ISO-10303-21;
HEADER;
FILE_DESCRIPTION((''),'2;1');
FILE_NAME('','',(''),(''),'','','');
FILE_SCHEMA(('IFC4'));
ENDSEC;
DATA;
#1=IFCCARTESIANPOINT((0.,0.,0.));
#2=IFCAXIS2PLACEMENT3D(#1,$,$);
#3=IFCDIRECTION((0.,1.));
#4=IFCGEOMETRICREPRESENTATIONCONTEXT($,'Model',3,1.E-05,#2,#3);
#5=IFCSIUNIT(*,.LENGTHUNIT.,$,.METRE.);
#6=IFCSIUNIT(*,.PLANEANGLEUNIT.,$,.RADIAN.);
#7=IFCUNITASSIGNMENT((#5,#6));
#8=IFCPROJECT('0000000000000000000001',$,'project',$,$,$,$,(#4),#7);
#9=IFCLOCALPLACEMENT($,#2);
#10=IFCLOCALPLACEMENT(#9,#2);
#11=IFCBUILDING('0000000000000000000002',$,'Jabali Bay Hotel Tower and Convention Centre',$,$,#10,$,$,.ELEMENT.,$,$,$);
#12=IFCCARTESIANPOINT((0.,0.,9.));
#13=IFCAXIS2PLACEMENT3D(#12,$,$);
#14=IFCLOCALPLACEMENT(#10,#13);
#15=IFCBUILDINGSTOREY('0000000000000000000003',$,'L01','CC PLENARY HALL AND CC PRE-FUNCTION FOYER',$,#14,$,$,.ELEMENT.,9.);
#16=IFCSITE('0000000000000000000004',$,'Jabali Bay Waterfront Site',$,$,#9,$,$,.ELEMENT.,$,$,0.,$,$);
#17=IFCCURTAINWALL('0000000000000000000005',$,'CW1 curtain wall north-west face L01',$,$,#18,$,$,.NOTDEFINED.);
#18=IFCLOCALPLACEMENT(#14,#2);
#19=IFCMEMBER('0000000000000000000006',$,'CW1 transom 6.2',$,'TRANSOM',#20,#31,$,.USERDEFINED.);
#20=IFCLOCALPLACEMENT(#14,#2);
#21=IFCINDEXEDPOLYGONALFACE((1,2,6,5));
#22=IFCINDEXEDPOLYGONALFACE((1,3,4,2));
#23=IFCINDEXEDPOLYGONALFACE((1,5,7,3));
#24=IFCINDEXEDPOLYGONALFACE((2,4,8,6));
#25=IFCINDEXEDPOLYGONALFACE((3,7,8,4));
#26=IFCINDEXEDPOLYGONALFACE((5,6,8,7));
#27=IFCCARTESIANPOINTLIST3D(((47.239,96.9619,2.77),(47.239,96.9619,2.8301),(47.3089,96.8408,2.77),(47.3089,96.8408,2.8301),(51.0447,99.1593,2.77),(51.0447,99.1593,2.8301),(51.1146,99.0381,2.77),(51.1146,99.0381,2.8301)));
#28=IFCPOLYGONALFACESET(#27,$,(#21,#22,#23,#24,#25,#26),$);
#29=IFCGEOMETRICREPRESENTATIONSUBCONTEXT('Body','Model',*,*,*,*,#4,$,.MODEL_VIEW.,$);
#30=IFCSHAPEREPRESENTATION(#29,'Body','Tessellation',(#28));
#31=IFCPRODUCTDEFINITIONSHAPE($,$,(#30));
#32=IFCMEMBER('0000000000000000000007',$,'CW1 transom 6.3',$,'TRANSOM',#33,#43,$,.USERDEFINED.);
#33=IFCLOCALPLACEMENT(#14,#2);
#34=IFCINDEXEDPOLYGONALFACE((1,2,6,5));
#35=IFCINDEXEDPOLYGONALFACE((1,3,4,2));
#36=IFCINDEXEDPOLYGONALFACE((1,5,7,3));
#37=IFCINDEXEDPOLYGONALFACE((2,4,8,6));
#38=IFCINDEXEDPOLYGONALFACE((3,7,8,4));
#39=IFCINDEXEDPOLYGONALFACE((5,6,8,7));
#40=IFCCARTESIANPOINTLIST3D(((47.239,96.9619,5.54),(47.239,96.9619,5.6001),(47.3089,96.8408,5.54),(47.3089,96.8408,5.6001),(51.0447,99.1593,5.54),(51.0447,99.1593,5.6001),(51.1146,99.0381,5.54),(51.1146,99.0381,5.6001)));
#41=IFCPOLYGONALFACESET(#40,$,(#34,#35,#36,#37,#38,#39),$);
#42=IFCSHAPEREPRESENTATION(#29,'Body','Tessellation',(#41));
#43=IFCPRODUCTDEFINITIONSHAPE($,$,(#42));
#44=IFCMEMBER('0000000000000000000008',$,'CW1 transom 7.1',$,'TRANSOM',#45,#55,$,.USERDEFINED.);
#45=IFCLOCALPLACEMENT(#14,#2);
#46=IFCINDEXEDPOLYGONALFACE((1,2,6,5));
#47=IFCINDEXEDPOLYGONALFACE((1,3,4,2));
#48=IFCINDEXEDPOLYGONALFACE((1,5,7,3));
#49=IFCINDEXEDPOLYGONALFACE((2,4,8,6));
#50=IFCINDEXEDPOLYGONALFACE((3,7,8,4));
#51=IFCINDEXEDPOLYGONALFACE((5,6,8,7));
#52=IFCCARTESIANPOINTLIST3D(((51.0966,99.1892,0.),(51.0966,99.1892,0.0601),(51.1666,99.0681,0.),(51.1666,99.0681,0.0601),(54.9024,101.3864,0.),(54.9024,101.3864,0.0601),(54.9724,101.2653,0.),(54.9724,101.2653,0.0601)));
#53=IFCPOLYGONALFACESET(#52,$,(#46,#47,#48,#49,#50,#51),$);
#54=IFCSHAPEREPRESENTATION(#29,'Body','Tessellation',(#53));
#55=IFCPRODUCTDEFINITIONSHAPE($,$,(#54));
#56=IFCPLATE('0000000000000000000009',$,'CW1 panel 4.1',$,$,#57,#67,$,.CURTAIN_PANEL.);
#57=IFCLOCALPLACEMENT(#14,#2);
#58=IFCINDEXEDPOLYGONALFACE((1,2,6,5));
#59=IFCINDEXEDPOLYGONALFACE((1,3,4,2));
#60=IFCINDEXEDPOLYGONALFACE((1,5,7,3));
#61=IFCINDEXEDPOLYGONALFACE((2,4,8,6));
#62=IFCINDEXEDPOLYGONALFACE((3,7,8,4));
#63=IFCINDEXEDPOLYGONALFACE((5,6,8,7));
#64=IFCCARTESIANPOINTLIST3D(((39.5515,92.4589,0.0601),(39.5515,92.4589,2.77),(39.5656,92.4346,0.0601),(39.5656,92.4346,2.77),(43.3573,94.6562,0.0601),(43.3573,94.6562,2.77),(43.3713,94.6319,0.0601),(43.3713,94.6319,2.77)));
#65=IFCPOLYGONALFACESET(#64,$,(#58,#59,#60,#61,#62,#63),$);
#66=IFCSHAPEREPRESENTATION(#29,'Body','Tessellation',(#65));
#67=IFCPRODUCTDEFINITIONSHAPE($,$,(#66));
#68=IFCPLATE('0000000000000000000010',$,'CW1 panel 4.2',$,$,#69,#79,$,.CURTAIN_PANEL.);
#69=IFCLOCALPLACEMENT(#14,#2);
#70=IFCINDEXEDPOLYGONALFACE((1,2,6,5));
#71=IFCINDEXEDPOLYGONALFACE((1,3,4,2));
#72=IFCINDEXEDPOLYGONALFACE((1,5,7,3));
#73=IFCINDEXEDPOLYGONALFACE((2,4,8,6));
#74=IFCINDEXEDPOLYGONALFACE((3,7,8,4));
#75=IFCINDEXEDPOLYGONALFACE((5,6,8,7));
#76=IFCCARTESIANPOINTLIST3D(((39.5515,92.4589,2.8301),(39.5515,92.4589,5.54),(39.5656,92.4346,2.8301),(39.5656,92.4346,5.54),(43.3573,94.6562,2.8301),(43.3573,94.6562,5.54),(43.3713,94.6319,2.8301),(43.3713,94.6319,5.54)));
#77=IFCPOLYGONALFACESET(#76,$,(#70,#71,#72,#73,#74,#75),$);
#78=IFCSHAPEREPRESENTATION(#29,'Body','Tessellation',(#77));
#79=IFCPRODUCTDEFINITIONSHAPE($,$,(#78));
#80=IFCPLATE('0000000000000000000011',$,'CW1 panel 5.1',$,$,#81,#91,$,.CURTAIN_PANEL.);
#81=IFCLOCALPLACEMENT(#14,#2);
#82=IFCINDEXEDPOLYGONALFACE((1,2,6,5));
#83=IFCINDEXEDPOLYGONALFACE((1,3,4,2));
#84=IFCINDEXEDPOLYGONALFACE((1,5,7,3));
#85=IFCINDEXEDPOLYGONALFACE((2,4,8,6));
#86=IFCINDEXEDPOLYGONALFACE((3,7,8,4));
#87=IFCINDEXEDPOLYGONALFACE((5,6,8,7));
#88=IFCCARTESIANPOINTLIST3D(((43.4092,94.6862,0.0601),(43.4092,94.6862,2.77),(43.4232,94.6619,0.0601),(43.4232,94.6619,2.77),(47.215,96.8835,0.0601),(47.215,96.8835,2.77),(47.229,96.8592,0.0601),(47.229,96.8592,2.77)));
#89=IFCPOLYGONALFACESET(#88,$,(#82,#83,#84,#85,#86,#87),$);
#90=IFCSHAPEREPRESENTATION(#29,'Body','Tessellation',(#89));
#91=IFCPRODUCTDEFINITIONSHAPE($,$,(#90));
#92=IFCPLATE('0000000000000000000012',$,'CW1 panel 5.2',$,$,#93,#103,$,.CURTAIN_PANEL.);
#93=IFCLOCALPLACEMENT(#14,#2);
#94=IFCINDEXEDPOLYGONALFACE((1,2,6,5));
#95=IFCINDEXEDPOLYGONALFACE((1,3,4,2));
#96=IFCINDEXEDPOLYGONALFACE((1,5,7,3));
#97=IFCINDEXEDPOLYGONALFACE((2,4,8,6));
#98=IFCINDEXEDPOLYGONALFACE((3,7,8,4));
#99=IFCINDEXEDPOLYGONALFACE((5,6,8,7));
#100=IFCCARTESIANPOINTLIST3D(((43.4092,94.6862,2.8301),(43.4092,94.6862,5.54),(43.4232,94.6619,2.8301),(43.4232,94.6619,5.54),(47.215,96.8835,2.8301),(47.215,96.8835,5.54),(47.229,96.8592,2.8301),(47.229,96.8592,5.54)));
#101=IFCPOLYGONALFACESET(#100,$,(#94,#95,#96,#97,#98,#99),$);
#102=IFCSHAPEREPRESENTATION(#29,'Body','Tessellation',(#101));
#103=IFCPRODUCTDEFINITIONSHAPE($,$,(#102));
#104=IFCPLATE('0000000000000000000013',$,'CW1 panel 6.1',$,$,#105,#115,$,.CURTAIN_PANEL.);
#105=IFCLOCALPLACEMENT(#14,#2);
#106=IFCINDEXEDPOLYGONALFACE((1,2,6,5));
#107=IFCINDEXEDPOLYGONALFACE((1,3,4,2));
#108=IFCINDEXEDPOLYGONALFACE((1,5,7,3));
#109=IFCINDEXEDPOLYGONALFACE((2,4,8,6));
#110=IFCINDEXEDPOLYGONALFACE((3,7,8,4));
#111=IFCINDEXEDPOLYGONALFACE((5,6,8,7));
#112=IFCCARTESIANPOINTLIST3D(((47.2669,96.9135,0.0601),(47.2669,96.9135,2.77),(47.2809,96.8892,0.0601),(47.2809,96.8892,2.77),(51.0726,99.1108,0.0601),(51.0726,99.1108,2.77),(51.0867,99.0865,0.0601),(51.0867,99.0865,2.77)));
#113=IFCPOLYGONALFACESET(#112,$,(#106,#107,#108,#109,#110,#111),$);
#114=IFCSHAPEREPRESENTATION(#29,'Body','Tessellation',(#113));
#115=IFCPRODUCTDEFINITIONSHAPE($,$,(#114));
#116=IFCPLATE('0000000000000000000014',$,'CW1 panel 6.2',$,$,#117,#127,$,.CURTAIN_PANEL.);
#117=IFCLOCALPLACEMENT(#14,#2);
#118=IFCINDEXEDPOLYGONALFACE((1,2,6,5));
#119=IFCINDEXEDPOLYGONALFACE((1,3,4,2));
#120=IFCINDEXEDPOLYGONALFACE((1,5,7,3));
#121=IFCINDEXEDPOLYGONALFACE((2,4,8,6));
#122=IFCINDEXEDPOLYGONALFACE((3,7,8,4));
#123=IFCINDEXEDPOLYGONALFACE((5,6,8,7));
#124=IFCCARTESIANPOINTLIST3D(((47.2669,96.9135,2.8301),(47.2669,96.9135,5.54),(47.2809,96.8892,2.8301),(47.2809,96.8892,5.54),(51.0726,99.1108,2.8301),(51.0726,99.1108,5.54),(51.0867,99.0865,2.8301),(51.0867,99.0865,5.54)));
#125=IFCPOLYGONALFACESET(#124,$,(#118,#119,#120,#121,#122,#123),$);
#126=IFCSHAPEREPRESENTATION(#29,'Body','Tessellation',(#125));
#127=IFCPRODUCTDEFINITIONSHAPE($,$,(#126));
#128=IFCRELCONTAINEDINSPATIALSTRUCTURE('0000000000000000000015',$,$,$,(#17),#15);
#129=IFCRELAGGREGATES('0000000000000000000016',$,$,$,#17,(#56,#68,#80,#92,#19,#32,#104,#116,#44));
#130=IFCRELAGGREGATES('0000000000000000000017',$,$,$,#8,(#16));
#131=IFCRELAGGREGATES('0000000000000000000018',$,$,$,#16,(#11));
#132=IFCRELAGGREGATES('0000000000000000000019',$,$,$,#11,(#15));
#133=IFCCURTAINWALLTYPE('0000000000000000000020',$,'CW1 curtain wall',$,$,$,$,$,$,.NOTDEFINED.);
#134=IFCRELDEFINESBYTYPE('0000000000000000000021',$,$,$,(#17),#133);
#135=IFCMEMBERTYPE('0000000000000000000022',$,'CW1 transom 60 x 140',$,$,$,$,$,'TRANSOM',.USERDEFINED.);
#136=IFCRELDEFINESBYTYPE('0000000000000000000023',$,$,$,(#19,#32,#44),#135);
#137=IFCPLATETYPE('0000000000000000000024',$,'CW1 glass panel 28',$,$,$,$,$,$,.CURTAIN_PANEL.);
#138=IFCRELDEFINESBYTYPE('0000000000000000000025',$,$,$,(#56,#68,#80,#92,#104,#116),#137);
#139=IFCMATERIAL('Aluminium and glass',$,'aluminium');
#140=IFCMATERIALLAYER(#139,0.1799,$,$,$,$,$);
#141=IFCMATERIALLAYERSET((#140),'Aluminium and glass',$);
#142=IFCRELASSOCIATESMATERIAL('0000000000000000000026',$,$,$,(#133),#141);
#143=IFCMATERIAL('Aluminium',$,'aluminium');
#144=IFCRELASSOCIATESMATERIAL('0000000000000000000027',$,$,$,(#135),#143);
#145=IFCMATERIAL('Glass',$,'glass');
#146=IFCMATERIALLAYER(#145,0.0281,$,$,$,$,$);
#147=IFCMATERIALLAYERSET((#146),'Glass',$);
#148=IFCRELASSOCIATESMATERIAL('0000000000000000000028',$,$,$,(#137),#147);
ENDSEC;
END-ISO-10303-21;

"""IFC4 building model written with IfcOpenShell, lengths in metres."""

from ifc_helpers import new_model, si_unit, direction, frame, origin, origin_2d, place, context, subcontext, project, spatial, rectangle, extrude, material, layer, layer_set, material_profile, profile_set, type_object, element, aggregate, save


model = new_model("IFC4")

# Units and contexts
model_context = context("Model", 3, precision=1e-05, world=origin(), true_north=direction((0.0, 1.0)))
body_context = subcontext(model_context, "Body", "Model", "MODEL_VIEW")
ifc_project = project(units=[si_unit("LENGTHUNIT", "METRE"), si_unit("PLANEANGLEUNIT", "RADIAN")], contexts=[model_context])

# Site, building, storey
site_placement = place(None, origin())
site = spatial("IfcSite", under=ifc_project, at=site_placement, Name="Jabali Bay Waterfront Site", CompositionType="ELEMENT", RefElevation=0.0)
building_placement = place(site_placement, origin())
building = spatial("IfcBuilding", under=site, at=building_placement, Name="Jabali Bay Hotel Tower and Convention Centre", CompositionType="ELEMENT")
storey_placement = place(building_placement, frame((0.0, 0.0, 9.0)))
storey = spatial("IfcBuildingStorey", under=building, at=storey_placement, Name="L01", Description="CC PLENARY HALL AND CC PRE-FUNCTION FOYER", CompositionType="ELEMENT", Elevation=9.0)

# Curtain wall, members, plates
ifc_material_1 = material(Name="Aluminium and glass", Category="aluminium")
ifc_layer_1 = layer(ifc_material_1, 0.1799)
ifc_layer_set_1 = layer_set([ifc_layer_1], Name="Aluminium and glass")
curtain_wall_type = type_object("IfcCurtainWallType", Name="CW1 curtain wall", PredefinedType="NOTDEFINED", material=ifc_layer_set_1)
curtain_wall_placement = place(storey_placement, origin())
curtain_wall = element("IfcCurtainWall", 1, at=curtain_wall_placement, inside=storey, type_object=curtain_wall_type, Name="CW1 curtain wall north-west face L01", PredefinedType="NOTDEFINED")
ifc_material_2 = material(Name="Aluminium", Category="aluminium")
ifc_material_profile_1 = material_profile(ifc_material_2, rectangle(XDim=0.1399, YDim=0.0601, at=origin_2d()), Name="CW1 transom 60 x 140")
ifc_profile_set_1 = profile_set([ifc_material_profile_1], Name="Aluminium")
member_type_1 = type_object("IfcMemberType", Name="CW1 transom 60 x 140", ElementType="TRANSOM", PredefinedType="USERDEFINED", material=ifc_profile_set_1)
member_1_placement = place(storey_placement, frame((47.2739, 96.9014, 2.8), z_axis=(0.866019, 0.500011, 0.0), x_axis=(-0.500011, 0.866019, 0.0)))
member_1 = element("IfcMember", 2, at=member_1_placement, type_object=member_type_1, Name="CW1 transom 6.2", ObjectType="TRANSOM", PredefinedType="USERDEFINED", context=body_context, shape_type="SweptSolid", body=[
    extrude(rectangle(XDim=0.1399, YDim=0.0601, at=origin_2d()), origin(), (0.0, 0.0, 1.0), 4.3945),
])
member_2_placement = place(storey_placement, frame((47.2739, 96.9014, 5.5701), z_axis=(0.866019, 0.500011, 0.0), x_axis=(-0.500011, 0.866019, 0.0)))
member_2 = element("IfcMember", 3, at=member_2_placement, type_object=member_type_1, Name="CW1 transom 6.3", ObjectType="TRANSOM", PredefinedType="USERDEFINED", context=body_context, shape_type="SweptSolid", body=[
    extrude(rectangle(XDim=0.1399, YDim=0.0601, at=origin_2d()), origin(), (0.0, 0.0, 1.0), 4.3945),
])
member_3_placement = place(storey_placement, frame((51.1316, 99.1287, 0.03), z_axis=(0.866033, 0.499987, 0.0), x_axis=(-0.499987, 0.866033, 0.0)))
member_3 = element("IfcMember", 4, at=member_3_placement, type_object=member_type_1, Name="CW1 transom 7.1", ObjectType="TRANSOM", PredefinedType="USERDEFINED", context=body_context, shape_type="SweptSolid", body=[
    extrude(rectangle(XDim=0.1399, YDim=0.0601, at=origin_2d()), origin(), (0.0, 0.0, 1.0), 4.3945),
])
ifc_material_3 = material(Name="Glass", Category="glass")
ifc_layer_2 = layer(ifc_material_3, 0.0281)
ifc_layer_set_2 = layer_set([ifc_layer_2], Name="Glass")
plate_type = type_object("IfcPlateType", Name="CW1 glass panel 28", PredefinedType="CURTAIN_PANEL", material=ifc_layer_set_2)
plate_1_placement = place(storey_placement, frame((41.4614, 93.5454, 0.0601), z_axis=(0.0, 0.0, 1.0), x_axis=(0.866025, 0.5, 0.0)))
plate_1 = element("IfcPlate", 5, at=plate_1_placement, type_object=plate_type, Name="CW1 panel 4.1", PredefinedType="CURTAIN_PANEL", context=body_context, shape_type="SweptSolid", body=[
    extrude(rectangle(XDim=4.3945, YDim=0.0281, at=origin_2d()), origin(), (0.0, 0.0, 1.0), 2.71),
])
plate_2_placement = place(storey_placement, frame((41.4614, 93.5454, 2.8301), z_axis=(0.0, 0.0, 1.0), x_axis=(0.866025, 0.5, 0.0)))
plate_2 = element("IfcPlate", 6, at=plate_2_placement, type_object=plate_type, Name="CW1 panel 4.2", PredefinedType="CURTAIN_PANEL", context=body_context, shape_type="SweptSolid", body=[
    extrude(rectangle(XDim=4.3945, YDim=0.0281, at=origin_2d()), origin(), (0.0, 0.0, 1.0), 2.71),
])
plate_3_placement = place(storey_placement, frame((45.3191, 95.7727, 0.0601), z_axis=(0.0, 0.0, 1.0), x_axis=(0.866025, 0.5, 0.0)))
plate_3 = element("IfcPlate", 7, at=plate_3_placement, type_object=plate_type, Name="CW1 panel 5.1", PredefinedType="CURTAIN_PANEL", context=body_context, shape_type="SweptSolid", body=[
    extrude(rectangle(XDim=4.3945, YDim=0.0281, at=origin_2d()), origin(), (0.0, 0.0, 1.0), 2.71),
])
plate_4_placement = place(storey_placement, frame((45.3191, 95.7727, 2.8301), z_axis=(0.0, 0.0, 1.0), x_axis=(0.866025, 0.5, 0.0)))
plate_4 = element("IfcPlate", 8, at=plate_4_placement, type_object=plate_type, Name="CW1 panel 5.2", PredefinedType="CURTAIN_PANEL", context=body_context, shape_type="SweptSolid", body=[
    extrude(rectangle(XDim=4.3945, YDim=0.0281, at=origin_2d()), origin(), (0.0, 0.0, 1.0), 2.71),
])
plate_5_placement = place(storey_placement, frame((49.1768, 98.0, 0.0601), z_axis=(0.0, 0.0, 1.0), x_axis=(0.866025, 0.5, 0.0)))
plate_5 = element("IfcPlate", 9, at=plate_5_placement, type_object=plate_type, Name="CW1 panel 6.1", PredefinedType="CURTAIN_PANEL", context=body_context, shape_type="SweptSolid", body=[
    extrude(rectangle(XDim=4.3945, YDim=0.0281, at=origin_2d()), origin(), (0.0, 0.0, 1.0), 2.71),
])
plate_6_placement = place(storey_placement, frame((49.1768, 98.0, 2.8301), z_axis=(0.0, 0.0, 1.0), x_axis=(0.866025, 0.5, 0.0)))
plate_6 = element("IfcPlate", 10, at=plate_6_placement, type_object=plate_type, Name="CW1 panel 6.2", PredefinedType="CURTAIN_PANEL", context=body_context, shape_type="SweptSolid", body=[
    extrude(rectangle(XDim=4.3945, YDim=0.0281, at=origin_2d()), origin(), (0.0, 0.0, 1.0), 2.71),
])
aggregate(curtain_wall, [plate_1, plate_2, plate_3, plate_4, member_1, member_2, plate_5, plate_6, member_3])

save(model, "model.ifc")
